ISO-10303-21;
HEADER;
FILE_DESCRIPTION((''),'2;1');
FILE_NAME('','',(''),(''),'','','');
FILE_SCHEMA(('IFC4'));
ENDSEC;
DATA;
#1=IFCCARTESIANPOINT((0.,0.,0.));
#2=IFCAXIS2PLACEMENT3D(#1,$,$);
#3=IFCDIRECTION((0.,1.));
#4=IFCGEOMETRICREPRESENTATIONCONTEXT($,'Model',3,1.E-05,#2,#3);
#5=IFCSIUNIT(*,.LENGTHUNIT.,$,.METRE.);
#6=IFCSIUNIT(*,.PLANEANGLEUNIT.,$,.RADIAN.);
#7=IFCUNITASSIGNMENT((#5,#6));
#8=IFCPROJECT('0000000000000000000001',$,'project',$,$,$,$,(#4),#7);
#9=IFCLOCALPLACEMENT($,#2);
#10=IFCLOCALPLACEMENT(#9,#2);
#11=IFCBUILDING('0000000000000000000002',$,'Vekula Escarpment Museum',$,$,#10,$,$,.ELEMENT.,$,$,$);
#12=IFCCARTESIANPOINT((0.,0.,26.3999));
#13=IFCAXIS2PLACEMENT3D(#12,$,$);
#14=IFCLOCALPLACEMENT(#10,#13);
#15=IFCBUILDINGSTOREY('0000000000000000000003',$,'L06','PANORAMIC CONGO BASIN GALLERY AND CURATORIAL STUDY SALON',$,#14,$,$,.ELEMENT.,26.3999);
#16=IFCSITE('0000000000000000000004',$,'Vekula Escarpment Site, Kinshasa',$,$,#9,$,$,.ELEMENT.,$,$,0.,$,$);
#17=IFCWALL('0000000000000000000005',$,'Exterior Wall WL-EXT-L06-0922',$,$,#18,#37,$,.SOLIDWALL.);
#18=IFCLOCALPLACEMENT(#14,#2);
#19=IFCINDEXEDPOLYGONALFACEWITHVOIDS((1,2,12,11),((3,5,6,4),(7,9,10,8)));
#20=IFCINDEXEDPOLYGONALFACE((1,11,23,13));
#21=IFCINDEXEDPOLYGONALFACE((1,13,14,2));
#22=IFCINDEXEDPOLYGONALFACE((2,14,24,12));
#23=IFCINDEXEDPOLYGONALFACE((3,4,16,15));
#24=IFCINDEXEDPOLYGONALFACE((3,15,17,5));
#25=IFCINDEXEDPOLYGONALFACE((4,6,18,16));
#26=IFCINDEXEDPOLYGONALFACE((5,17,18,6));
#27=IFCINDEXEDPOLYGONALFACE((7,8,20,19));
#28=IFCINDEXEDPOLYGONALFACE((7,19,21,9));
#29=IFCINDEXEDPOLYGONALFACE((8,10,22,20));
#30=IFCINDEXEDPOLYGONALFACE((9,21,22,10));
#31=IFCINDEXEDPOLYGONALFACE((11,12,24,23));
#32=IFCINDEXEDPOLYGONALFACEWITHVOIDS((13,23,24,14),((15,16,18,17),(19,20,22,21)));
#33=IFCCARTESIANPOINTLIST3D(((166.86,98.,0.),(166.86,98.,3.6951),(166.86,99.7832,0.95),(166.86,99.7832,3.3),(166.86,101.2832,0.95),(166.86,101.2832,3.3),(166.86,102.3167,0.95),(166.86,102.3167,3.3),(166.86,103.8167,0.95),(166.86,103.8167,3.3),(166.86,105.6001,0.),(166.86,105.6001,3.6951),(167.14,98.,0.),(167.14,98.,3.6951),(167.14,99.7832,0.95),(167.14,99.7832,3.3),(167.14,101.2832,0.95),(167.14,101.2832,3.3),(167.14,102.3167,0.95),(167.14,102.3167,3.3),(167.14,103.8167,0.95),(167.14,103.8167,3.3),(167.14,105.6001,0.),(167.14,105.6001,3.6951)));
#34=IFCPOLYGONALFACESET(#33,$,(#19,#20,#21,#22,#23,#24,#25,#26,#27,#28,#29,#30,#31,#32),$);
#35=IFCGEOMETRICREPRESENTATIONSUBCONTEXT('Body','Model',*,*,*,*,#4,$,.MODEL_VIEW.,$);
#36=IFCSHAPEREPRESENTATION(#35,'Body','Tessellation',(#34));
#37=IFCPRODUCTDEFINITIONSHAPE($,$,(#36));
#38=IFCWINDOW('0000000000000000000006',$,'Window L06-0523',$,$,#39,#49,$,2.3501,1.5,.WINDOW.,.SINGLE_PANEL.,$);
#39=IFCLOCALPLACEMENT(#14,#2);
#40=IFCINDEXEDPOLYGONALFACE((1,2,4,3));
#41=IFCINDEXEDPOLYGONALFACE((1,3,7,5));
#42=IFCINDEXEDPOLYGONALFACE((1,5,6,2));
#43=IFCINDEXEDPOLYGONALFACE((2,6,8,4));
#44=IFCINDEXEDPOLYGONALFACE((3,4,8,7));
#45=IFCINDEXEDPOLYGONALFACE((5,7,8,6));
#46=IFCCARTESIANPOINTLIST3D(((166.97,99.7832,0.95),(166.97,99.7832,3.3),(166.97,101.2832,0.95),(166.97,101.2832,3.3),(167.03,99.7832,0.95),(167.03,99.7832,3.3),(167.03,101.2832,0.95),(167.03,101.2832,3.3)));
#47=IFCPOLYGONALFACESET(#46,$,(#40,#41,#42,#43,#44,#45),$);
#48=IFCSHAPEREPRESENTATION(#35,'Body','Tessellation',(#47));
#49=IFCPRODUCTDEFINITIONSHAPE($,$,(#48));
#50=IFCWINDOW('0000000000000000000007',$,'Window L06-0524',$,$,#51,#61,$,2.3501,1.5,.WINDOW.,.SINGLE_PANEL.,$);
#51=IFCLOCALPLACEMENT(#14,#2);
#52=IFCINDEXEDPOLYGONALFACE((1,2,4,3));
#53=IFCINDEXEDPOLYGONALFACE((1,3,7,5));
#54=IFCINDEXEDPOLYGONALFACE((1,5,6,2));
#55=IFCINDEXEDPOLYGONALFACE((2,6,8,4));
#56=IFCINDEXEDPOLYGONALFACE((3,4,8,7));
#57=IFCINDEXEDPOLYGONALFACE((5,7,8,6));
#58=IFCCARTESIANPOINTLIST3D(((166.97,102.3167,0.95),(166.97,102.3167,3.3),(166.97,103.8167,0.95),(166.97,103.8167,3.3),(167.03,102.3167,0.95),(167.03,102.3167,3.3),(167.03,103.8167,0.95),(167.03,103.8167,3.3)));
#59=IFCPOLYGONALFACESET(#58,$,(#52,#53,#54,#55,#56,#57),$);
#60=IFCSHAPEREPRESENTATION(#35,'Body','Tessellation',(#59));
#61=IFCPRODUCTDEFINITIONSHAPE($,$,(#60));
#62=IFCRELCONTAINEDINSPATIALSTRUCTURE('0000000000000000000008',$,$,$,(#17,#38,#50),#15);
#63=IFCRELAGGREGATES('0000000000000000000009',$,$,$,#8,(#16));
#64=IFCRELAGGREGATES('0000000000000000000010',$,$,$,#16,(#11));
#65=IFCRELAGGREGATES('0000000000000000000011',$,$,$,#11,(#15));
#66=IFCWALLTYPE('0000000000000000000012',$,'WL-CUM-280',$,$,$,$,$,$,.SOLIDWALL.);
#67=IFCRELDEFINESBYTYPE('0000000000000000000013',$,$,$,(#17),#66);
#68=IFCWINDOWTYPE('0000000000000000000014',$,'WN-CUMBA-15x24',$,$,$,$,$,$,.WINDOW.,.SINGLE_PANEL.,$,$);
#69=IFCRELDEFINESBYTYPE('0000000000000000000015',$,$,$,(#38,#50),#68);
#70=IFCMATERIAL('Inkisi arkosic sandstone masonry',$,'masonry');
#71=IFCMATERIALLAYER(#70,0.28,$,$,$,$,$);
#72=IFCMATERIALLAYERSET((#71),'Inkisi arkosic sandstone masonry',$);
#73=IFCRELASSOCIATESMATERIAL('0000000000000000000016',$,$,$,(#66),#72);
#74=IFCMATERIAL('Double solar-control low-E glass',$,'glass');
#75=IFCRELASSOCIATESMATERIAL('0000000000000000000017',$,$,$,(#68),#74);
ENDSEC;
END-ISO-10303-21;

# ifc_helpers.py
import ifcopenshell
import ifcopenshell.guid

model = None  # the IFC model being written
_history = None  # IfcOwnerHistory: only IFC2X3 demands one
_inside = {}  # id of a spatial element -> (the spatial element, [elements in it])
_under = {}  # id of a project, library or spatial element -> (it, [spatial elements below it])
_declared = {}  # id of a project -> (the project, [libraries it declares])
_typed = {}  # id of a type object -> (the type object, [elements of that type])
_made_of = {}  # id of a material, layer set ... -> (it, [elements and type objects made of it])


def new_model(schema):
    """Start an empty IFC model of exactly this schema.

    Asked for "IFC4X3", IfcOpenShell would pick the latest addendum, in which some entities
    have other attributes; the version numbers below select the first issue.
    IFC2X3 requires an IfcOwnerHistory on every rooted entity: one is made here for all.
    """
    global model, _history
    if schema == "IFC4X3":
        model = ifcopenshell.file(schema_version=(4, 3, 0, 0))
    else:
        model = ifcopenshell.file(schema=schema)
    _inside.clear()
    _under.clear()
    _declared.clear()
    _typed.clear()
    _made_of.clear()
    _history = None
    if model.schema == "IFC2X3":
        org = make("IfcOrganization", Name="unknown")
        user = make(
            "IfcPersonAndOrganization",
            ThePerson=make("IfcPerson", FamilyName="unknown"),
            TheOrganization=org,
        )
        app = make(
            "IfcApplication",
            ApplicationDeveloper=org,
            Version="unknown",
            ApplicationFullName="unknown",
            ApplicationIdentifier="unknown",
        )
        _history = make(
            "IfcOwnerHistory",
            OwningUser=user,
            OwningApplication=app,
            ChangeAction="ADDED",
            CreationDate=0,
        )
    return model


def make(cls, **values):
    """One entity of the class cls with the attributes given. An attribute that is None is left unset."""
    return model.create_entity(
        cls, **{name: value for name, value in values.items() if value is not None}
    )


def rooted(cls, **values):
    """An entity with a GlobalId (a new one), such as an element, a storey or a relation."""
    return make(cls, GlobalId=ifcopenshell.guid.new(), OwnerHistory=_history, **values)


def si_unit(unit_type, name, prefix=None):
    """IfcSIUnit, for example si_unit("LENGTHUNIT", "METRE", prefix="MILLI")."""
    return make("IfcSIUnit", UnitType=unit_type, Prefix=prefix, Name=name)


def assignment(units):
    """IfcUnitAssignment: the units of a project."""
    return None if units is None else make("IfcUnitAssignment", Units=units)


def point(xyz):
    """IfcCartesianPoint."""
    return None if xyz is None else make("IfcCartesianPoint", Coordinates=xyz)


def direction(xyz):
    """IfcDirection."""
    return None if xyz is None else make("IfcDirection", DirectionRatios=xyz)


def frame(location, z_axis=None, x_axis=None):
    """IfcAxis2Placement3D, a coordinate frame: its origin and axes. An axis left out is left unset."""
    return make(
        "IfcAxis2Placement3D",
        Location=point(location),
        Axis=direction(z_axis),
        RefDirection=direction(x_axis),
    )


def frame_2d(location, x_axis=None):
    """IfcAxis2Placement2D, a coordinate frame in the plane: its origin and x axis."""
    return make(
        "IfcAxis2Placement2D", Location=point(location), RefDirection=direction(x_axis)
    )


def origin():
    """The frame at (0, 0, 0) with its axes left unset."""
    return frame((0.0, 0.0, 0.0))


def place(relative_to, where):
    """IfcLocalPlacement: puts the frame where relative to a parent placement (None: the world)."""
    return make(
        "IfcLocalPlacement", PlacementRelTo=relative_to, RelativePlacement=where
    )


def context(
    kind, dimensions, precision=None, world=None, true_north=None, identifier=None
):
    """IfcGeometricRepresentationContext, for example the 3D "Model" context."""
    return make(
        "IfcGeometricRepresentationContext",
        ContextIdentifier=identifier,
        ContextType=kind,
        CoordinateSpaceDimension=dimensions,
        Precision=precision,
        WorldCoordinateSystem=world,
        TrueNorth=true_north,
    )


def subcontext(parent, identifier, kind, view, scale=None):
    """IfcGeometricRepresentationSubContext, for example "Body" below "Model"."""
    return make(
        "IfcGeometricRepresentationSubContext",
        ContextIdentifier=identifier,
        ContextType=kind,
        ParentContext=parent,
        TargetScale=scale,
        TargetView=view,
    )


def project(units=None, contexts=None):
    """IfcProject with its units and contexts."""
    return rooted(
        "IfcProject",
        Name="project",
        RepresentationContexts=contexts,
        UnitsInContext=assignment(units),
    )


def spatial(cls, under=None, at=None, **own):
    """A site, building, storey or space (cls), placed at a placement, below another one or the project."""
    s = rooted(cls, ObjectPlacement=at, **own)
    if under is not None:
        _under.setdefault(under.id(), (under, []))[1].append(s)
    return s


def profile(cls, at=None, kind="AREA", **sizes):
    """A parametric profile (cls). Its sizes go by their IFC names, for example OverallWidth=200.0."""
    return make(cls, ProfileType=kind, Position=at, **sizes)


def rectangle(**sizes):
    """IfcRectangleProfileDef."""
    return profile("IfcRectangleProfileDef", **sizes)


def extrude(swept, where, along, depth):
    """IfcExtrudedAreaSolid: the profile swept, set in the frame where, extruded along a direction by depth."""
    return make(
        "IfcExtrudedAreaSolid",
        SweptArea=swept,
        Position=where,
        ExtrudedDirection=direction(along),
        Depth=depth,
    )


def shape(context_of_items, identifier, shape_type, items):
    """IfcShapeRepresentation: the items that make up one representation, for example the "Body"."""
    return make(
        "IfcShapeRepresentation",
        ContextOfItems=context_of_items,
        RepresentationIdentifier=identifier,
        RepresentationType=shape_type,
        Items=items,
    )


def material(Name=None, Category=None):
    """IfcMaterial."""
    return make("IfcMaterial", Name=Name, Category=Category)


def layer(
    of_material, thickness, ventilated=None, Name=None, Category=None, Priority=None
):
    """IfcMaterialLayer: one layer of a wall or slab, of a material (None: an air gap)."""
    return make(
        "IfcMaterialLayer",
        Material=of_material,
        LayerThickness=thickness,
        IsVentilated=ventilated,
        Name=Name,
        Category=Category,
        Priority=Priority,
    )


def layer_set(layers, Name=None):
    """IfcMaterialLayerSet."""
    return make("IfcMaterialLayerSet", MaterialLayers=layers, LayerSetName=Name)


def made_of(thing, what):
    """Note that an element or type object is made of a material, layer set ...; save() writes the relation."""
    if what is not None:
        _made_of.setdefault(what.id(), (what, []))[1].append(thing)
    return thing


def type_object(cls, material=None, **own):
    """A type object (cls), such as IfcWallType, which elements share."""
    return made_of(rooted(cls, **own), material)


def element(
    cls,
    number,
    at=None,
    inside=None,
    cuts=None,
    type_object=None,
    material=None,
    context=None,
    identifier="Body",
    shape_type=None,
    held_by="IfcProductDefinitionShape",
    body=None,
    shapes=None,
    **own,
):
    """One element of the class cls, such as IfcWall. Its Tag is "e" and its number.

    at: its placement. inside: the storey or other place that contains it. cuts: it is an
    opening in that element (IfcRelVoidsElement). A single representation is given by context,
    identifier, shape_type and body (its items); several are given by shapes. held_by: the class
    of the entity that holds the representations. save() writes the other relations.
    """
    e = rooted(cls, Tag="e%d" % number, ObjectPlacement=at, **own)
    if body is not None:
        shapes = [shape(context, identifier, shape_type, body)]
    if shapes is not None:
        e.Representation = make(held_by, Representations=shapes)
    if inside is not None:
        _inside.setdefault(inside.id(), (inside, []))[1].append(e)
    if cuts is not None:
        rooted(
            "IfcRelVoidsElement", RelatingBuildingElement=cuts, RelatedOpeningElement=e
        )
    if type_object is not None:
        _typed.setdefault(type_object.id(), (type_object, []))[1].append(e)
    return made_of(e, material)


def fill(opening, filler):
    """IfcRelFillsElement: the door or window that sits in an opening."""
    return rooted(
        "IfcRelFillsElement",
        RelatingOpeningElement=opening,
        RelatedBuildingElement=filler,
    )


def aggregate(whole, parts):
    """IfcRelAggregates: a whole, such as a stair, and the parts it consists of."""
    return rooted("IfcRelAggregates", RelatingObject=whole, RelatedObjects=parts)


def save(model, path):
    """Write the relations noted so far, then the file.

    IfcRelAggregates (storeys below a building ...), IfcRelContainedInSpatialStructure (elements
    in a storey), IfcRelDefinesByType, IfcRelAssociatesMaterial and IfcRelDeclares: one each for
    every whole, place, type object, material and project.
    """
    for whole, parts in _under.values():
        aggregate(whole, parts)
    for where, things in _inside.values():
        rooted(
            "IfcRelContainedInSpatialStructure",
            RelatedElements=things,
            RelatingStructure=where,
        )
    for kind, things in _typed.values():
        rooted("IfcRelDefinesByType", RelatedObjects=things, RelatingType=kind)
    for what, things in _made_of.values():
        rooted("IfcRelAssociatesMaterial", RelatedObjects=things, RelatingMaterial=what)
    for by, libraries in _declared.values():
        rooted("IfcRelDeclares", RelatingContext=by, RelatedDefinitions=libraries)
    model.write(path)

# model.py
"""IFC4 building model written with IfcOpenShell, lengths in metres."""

from ifc_helpers import new_model, si_unit, direction, frame, frame_2d, origin, place, context, subcontext, project, spatial, rectangle, extrude, material, layer, layer_set, type_object, element, fill, save


model = new_model("IFC4")

# Units and contexts
model_context = context("Model", 3, precision=1e-05, world=origin(), true_north=direction((0.0, 1.0)))
body_context = subcontext(model_context, "Body", "Model", "MODEL_VIEW")
ifc_project = project(units=[si_unit("LENGTHUNIT", "METRE"), si_unit("PLANEANGLEUNIT", "RADIAN")], contexts=[model_context])

# Site, building, storey
site_placement = place(None, origin())
site = spatial("IfcSite", under=ifc_project, at=site_placement, Name="Vekula Escarpment Site, Kinshasa", CompositionType="ELEMENT", RefElevation=0.0)
building_placement = place(site_placement, origin())
building = spatial("IfcBuilding", under=site, at=building_placement, Name="Vekula Escarpment Museum", CompositionType="ELEMENT")
storey_placement = place(building_placement, frame((0.0, 0.0, 26.3999)))
storey = spatial("IfcBuildingStorey", under=building, at=storey_placement, Name="L06", Description="PANORAMIC CONGO BASIN GALLERY AND CURATORIAL STUDY SALON", CompositionType="ELEMENT", Elevation=26.3999)

# Wall, openings, windows
ifc_material_1 = material(Name="Inkisi arkosic sandstone masonry", Category="masonry")
ifc_layer = layer(ifc_material_1, 0.28)
ifc_layer_set = layer_set([ifc_layer], Name="Inkisi arkosic sandstone masonry")
wall_type = type_object("IfcWallType", Name="WL-CUM-280", PredefinedType="SOLIDWALL", material=ifc_layer_set)
ifc_material_2 = material(Name="Double solar-control low-E glass", Category="glass")
window_type_1 = type_object("IfcWindowType", Name="WN-CUMBA-15x24", PartitioningType="SINGLE_PANEL", PredefinedType="WINDOW", material=ifc_material_2)
wall_1_placement = place(storey_placement, frame((167.0, 98.0, 0.0), z_axis=(0.0, 0.0, 1.0), x_axis=(0.0, 1.0, 0.0)))
wall_1 = element("IfcWall", 1, at=wall_1_placement, inside=storey, type_object=wall_type, Name="Exterior Wall WL-EXT-L06-0922", PredefinedType="SOLIDWALL", context=body_context, shape_type="SweptSolid", body=[
    extrude(rectangle(XDim=7.6001, YDim=0.28, at=frame_2d((3.8, 0.0))), origin(), (0.0, 0.0, 1.0), 3.6951),
])
opening_1_placement = place(wall_1_placement, frame((1.7832, 0.0, 0.95)))
opening_1 = element("IfcOpeningElement", 2, at=opening_1_placement, cuts=wall_1, PredefinedType="OPENING", context=body_context, shape_type="SweptSolid", body=[
    extrude(rectangle(XDim=1.5, YDim=2.3501, at=frame_2d((0.75, 1.175))), frame((0.0, 0.1499, 0.0), z_axis=(0.0, -1.0, 0.0), x_axis=(1.0, 0.0, 0.0)), (0.0, 0.0, 1.0), 0.3),
])
opening_2_placement = place(wall_1_placement, frame((4.3167, 0.0, 0.95)))
opening_2 = element("IfcOpeningElement", 3, at=opening_2_placement, cuts=wall_1, PredefinedType="OPENING", context=body_context, shape_type="SweptSolid", body=[
    extrude(rectangle(XDim=1.5, YDim=2.3501, at=frame_2d((0.75, 1.175))), frame((0.0, 0.1499, 0.0), z_axis=(0.0, -1.0, 0.0), x_axis=(1.0, 0.0, 0.0)), (0.0, 0.0, 1.0), 0.3),
])
window_1_placement = place(opening_1_placement, origin())
window_1 = element("IfcWindow", 4, at=window_1_placement, inside=storey, type_object=window_type_1, Name="Window L06-0523", OverallHeight=2.3501, OverallWidth=1.5, PartitioningType="SINGLE_PANEL", PredefinedType="WINDOW", context=body_context, shape_type="SweptSolid", body=[
    extrude(rectangle(XDim=1.5, YDim=2.3501, at=frame_2d((0.75, 1.175))), frame((0.0, 0.03, 0.0), z_axis=(0.0, -1.0, 0.0), x_axis=(1.0, 0.0, 0.0)), (0.0, 0.0, 1.0), 0.0601),
])
fill(opening_1, window_1)
window_2_placement = place(opening_2_placement, origin())
window_2 = element("IfcWindow", 5, at=window_2_placement, inside=storey, type_object=window_type_1, Name="Window L06-0524", OverallHeight=2.3501, OverallWidth=1.5, PartitioningType="SINGLE_PANEL", PredefinedType="WINDOW", context=body_context, shape_type="SweptSolid", body=[
    extrude(rectangle(XDim=1.5, YDim=2.3501, at=frame_2d((0.75, 1.175))), frame((0.0, 0.03, 0.0), z_axis=(0.0, -1.0, 0.0), x_axis=(1.0, 0.0, 0.0)), (0.0, 0.0, 1.0), 0.0601),
])
fill(opening_2, window_2)

save(model, "model.ifc")
